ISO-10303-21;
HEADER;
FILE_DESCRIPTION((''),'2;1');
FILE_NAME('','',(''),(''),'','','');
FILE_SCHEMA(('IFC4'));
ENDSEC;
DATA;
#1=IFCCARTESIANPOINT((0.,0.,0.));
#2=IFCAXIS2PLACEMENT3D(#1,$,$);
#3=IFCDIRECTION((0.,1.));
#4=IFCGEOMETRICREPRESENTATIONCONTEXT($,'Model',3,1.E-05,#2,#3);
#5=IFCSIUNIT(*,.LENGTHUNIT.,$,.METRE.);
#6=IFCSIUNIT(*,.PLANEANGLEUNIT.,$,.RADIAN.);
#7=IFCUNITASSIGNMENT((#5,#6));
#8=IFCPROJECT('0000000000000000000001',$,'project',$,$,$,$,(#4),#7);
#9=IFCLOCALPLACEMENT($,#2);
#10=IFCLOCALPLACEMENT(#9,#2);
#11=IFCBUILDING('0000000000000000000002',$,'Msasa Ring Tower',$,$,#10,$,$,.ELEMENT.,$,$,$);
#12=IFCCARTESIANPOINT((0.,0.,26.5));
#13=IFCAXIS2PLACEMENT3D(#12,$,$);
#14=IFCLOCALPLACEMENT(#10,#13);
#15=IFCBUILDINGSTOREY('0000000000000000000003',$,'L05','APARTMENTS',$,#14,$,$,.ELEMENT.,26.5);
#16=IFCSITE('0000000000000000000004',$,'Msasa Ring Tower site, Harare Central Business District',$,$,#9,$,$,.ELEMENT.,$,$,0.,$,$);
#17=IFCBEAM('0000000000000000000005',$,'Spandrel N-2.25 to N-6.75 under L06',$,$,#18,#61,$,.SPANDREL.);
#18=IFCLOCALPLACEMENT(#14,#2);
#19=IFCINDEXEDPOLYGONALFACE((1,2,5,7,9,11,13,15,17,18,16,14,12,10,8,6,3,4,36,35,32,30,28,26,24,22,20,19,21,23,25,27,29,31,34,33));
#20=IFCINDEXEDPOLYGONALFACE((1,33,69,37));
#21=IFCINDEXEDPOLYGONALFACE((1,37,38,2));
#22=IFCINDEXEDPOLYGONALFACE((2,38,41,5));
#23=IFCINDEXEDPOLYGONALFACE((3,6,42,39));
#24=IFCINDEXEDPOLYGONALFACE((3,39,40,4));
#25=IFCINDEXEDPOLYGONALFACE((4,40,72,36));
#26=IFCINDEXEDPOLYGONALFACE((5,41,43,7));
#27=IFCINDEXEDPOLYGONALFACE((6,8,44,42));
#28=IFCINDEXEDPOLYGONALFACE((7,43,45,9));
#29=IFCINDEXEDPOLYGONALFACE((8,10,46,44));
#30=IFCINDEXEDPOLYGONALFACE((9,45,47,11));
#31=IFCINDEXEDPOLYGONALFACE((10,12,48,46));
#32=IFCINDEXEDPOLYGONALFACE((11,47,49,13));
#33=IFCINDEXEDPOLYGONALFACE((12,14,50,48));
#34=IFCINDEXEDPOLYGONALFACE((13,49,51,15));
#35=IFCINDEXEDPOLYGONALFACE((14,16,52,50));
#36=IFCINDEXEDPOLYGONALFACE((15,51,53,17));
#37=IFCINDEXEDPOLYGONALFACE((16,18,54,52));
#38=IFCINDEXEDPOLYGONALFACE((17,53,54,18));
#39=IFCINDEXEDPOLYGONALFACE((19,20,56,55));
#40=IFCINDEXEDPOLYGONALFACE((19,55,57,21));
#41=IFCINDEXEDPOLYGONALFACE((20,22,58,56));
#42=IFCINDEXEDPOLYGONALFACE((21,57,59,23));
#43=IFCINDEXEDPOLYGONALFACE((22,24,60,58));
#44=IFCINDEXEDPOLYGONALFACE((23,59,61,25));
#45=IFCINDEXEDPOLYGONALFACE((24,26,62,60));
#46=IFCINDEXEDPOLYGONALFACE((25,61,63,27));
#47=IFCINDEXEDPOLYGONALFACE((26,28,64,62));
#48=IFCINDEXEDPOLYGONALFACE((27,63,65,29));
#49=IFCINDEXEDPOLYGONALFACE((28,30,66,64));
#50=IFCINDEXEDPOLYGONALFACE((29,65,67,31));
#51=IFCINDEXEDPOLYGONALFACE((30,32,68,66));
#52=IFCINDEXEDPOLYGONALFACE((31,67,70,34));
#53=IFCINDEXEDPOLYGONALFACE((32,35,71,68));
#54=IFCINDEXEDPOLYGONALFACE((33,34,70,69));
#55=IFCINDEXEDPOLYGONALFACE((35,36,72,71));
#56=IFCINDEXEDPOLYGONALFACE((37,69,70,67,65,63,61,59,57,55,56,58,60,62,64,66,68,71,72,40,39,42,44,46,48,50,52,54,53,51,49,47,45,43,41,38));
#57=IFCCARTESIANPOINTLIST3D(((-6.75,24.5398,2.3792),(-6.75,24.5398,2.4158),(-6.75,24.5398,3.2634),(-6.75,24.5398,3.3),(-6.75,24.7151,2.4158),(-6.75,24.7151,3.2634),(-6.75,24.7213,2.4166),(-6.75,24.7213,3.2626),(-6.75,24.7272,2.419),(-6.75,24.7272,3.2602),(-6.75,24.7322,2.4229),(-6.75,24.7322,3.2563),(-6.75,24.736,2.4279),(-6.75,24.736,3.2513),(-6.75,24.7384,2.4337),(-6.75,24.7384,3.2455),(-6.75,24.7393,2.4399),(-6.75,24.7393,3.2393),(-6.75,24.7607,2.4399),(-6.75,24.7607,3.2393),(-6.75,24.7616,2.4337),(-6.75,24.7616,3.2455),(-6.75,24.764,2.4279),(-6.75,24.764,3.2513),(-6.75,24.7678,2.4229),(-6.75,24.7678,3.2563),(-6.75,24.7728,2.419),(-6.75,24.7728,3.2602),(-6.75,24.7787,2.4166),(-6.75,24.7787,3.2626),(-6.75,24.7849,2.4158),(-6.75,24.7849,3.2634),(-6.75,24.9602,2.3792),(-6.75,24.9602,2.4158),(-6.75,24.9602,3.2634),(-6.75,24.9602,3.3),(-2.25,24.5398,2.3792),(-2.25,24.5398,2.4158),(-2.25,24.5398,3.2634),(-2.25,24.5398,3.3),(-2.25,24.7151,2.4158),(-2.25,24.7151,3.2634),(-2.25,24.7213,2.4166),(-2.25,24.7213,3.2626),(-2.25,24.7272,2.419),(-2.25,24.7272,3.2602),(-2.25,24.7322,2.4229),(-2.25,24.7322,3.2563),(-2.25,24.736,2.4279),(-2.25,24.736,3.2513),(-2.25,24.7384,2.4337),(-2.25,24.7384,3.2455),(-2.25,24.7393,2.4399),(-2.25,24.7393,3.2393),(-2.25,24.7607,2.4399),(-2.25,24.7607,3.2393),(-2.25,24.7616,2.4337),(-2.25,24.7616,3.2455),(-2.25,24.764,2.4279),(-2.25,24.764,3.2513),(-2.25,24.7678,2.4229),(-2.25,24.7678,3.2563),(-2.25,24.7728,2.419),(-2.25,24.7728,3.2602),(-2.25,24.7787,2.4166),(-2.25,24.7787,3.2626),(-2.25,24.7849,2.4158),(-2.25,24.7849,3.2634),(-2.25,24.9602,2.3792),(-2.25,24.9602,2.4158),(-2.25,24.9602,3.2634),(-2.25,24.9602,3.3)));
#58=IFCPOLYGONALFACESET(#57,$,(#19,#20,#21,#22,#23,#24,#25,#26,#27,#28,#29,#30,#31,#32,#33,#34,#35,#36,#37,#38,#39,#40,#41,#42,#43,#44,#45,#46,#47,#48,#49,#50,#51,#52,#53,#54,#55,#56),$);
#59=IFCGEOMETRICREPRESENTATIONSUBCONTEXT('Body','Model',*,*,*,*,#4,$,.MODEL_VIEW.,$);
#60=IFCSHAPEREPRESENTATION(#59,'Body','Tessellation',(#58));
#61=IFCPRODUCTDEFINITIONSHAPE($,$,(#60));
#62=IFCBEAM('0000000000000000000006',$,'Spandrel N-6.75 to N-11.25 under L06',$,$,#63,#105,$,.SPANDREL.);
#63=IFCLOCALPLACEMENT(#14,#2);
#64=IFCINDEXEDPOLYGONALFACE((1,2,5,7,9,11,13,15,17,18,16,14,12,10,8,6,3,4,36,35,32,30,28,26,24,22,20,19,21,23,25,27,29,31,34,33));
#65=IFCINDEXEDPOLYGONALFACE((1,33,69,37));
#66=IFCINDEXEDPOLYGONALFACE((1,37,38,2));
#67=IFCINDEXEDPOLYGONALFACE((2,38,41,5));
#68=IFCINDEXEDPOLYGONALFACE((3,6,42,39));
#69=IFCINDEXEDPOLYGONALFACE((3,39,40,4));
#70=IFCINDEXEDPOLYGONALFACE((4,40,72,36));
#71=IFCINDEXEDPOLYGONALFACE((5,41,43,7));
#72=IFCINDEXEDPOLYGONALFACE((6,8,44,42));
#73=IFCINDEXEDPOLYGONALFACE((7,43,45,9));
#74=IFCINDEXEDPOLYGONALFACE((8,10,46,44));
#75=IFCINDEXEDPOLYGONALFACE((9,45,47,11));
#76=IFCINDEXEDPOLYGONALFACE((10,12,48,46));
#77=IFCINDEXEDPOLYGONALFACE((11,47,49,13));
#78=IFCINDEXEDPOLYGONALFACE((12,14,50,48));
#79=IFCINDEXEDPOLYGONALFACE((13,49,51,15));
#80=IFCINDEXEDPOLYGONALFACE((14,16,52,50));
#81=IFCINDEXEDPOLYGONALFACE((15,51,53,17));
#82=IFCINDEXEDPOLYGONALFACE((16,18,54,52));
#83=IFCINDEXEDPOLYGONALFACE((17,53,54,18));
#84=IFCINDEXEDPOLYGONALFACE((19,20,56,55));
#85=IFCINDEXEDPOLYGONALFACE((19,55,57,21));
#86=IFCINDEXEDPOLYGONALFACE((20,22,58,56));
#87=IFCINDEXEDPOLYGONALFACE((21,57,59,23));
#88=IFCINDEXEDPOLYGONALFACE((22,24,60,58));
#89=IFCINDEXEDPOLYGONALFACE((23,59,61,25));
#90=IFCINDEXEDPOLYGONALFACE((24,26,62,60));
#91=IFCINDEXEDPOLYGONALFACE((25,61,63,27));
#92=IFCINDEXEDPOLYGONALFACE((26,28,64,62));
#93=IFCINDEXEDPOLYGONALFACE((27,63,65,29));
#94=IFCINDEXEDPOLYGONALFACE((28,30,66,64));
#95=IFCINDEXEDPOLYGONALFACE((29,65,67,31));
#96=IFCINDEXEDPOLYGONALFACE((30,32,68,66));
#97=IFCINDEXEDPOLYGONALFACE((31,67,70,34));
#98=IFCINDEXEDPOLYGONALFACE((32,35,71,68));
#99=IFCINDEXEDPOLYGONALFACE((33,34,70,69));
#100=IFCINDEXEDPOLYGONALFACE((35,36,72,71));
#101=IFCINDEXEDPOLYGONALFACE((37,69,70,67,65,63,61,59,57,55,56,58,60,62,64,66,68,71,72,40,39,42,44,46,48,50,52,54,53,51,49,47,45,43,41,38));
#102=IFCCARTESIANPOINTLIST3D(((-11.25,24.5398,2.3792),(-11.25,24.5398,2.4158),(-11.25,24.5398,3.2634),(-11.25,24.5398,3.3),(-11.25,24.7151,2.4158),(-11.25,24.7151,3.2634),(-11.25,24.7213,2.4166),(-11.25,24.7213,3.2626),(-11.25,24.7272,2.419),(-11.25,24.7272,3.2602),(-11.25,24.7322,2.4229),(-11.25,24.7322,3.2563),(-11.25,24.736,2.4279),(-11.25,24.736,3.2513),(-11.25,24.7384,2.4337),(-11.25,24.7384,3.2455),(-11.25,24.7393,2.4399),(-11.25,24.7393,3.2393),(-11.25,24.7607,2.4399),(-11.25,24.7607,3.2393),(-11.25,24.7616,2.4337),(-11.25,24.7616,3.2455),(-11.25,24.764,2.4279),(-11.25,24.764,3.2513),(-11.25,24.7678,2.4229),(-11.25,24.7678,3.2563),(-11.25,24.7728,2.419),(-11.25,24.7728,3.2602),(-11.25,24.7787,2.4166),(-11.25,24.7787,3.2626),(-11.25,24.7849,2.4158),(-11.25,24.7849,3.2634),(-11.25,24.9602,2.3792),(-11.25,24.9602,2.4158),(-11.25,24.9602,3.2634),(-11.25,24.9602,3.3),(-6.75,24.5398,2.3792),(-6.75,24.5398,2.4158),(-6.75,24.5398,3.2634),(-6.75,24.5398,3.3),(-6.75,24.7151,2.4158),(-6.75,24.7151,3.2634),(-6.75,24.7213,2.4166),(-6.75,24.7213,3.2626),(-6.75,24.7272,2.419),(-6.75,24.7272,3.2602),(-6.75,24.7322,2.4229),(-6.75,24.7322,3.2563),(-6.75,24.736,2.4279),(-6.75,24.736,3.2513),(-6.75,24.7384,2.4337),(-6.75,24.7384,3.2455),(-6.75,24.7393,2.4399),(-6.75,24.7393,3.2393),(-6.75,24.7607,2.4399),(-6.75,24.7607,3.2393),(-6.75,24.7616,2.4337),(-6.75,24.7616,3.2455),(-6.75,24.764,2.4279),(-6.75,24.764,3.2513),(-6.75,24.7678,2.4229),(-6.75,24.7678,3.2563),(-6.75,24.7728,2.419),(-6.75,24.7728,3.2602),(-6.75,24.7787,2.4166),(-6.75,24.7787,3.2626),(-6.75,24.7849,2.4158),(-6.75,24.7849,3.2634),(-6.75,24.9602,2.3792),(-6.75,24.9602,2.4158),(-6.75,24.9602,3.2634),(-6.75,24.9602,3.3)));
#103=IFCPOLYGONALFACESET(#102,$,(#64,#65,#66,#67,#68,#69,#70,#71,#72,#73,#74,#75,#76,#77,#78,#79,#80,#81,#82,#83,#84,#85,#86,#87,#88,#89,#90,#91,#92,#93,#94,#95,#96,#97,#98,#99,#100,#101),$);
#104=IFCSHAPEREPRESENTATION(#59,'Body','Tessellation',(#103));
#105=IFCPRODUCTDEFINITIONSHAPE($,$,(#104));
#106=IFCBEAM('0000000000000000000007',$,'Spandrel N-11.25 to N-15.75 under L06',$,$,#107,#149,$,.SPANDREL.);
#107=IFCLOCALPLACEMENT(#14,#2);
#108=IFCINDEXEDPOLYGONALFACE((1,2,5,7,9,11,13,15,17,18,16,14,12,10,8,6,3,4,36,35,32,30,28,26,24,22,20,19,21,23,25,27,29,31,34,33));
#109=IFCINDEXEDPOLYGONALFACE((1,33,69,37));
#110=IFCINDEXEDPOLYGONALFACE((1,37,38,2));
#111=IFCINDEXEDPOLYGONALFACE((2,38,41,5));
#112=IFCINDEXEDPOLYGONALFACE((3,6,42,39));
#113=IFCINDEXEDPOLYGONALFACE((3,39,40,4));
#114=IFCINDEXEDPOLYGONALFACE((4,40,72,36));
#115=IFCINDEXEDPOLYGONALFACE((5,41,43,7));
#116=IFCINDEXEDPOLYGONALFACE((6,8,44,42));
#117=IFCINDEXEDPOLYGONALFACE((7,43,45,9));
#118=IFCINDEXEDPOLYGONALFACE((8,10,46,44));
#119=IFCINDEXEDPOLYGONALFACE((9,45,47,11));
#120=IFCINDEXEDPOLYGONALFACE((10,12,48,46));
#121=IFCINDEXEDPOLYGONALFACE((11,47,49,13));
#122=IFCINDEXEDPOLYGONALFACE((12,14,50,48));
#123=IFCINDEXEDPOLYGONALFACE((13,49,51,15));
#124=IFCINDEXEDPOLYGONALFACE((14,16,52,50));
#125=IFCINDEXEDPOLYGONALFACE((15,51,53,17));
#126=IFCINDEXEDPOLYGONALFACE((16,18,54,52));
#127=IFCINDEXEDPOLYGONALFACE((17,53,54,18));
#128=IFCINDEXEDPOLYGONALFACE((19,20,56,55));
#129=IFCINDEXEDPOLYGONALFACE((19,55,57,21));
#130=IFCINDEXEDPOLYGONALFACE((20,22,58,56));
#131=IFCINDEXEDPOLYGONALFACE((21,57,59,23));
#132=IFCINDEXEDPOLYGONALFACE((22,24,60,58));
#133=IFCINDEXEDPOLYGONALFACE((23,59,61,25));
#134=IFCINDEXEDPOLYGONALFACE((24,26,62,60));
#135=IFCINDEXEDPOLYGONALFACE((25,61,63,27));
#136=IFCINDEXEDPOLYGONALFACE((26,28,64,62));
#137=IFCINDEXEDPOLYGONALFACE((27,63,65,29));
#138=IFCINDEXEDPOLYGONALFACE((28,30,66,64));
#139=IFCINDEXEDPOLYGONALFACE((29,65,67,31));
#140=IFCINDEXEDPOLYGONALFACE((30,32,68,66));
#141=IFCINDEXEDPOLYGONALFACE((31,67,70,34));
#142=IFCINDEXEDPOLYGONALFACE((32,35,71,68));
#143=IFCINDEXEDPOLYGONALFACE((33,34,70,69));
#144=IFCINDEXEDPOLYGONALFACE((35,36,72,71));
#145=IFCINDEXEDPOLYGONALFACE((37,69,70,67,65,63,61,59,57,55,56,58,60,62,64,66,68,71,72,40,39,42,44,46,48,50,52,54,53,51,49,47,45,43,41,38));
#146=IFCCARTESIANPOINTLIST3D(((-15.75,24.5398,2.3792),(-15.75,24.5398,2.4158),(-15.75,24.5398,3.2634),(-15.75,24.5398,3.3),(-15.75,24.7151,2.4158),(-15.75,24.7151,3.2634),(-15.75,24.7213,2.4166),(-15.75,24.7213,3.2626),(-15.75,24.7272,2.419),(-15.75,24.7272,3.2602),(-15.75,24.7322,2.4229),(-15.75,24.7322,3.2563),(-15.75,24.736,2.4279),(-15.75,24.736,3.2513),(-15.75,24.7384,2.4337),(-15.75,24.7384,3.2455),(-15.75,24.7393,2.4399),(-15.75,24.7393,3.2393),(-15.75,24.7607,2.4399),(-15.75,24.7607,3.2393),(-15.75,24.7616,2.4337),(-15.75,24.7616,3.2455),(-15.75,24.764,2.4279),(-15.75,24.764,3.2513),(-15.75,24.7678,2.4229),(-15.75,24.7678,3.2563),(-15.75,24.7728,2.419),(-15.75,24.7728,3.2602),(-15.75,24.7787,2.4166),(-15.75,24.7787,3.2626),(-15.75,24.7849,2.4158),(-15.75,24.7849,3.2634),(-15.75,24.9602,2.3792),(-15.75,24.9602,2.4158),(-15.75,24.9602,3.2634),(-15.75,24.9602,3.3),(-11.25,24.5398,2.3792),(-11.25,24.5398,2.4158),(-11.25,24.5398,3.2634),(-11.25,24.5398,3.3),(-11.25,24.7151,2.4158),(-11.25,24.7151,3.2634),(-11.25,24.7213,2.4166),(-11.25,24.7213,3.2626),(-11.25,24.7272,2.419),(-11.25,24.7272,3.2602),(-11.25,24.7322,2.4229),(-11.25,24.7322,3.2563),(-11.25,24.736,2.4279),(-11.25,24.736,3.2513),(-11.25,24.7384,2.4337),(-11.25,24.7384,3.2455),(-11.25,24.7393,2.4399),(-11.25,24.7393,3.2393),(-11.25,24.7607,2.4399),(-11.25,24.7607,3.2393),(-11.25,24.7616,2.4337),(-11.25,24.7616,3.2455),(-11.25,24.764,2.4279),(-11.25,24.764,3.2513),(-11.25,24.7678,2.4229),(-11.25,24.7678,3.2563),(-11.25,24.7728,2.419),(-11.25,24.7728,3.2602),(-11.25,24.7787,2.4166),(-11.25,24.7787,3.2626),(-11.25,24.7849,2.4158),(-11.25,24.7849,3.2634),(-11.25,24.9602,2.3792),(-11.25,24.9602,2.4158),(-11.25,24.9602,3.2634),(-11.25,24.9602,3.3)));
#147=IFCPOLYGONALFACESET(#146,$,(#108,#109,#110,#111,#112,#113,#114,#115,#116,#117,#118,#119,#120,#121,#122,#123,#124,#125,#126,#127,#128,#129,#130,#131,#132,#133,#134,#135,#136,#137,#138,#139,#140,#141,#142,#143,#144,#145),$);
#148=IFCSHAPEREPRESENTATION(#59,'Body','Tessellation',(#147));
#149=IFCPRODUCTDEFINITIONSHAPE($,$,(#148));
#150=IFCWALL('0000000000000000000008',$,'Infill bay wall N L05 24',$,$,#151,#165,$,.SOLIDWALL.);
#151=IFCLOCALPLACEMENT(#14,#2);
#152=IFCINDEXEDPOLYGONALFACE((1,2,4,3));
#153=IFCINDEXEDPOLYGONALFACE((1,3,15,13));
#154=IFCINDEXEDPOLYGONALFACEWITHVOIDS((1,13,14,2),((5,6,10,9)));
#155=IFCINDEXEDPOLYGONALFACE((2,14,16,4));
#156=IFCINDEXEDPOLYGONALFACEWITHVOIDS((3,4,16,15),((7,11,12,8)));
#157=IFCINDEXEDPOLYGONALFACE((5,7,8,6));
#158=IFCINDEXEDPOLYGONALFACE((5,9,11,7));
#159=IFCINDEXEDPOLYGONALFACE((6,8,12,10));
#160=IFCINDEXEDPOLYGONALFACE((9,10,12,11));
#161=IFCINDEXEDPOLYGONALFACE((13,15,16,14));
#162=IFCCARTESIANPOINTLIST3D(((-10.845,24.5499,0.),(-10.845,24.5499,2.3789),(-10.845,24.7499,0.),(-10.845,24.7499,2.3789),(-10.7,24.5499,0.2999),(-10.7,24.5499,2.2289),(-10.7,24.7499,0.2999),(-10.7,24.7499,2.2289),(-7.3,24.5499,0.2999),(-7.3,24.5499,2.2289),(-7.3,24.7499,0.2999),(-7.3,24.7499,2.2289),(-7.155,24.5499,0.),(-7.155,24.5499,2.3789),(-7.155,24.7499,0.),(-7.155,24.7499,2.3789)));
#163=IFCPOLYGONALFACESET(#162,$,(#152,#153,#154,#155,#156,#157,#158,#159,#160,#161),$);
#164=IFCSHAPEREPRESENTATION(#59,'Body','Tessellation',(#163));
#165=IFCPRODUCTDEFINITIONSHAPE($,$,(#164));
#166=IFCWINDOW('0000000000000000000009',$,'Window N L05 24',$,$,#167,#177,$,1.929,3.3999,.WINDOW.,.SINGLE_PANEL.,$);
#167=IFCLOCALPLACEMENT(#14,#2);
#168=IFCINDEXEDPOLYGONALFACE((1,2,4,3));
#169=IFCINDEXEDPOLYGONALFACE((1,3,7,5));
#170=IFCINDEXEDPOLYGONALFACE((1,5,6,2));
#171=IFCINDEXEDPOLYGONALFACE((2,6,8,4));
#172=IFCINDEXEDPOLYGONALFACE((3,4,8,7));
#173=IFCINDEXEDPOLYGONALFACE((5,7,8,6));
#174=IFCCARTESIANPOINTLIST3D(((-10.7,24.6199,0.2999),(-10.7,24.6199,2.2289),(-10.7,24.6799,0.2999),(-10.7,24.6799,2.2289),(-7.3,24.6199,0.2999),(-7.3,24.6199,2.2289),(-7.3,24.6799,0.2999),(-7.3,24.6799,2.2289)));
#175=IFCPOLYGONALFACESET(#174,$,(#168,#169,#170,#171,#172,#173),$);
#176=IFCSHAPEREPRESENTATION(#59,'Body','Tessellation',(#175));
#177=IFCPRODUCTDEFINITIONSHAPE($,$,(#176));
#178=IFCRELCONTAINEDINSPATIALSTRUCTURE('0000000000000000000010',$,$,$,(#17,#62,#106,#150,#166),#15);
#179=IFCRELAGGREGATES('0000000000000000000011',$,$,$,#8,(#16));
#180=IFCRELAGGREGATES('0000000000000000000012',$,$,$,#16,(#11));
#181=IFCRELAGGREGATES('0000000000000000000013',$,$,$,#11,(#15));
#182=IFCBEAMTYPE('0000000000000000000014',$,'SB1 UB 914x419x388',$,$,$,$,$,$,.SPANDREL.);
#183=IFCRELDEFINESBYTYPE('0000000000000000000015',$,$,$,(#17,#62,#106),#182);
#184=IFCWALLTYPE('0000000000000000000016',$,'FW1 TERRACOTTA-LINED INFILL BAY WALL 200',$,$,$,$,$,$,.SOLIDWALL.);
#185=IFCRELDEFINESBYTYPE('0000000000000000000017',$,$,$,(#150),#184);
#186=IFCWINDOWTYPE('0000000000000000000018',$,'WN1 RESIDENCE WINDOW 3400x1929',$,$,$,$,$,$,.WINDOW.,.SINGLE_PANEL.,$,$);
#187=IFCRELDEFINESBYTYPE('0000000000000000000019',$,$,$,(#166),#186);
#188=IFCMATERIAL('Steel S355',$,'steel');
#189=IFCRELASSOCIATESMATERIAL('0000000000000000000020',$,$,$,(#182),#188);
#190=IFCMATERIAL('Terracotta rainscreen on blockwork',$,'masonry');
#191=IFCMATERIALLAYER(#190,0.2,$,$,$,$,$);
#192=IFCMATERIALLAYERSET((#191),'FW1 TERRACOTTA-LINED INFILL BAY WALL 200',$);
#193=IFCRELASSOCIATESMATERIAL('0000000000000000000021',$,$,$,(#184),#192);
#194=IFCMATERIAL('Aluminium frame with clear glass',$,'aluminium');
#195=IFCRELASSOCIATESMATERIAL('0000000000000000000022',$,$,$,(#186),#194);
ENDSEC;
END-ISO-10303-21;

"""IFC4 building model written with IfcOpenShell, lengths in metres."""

from ifc_helpers import new_model, si_unit, direction, frame, frame_2d, origin, origin_2d, place, context, subcontext, project, spatial, rectangle, i_section, extrude, material, layer, layer_set, material_profile, profile_set, type_object, element, fill, save


model = new_model("IFC4")

# Units and contexts
model_context = context("Model", 3, precision=1e-05, world=origin(), true_north=direction((0.0, 1.0)))
body_context = subcontext(model_context, "Body", "Model", "MODEL_VIEW")
ifc_project = project(units=[si_unit("LENGTHUNIT", "METRE"), si_unit("PLANEANGLEUNIT", "RADIAN")], contexts=[model_context])

# Site, building, storey
site_placement = place(None, origin())
site = spatial("IfcSite", under=ifc_project, at=site_placement, Name="Msasa Ring Tower site, Harare Central Business District", CompositionType="ELEMENT", RefElevation=0.0)
building_placement = place(site_placement, origin())
building = spatial("IfcBuilding", under=site, at=building_placement, Name="Msasa Ring Tower", CompositionType="ELEMENT")
storey_placement = place(building_placement, frame((0.0, 0.0, 26.5)))
storey = spatial("IfcBuildingStorey", under=building, at=storey_placement, Name="L05", Description="APARTMENTS", CompositionType="ELEMENT", Elevation=26.5)

# Beams
ifc_material_1 = material(Name="Steel S355", Category="steel")
ifc_material_profile_1 = material_profile(ifc_material_1, i_section(OverallWidth=0.4204, OverallDepth=0.9209, WebThickness=0.0215, FlangeThickness=0.0366, FilletRadius=0.0242, at=origin_2d()), Name="UB 914x419x388")
ifc_profile_set_1 = profile_set([ifc_material_profile_1], Name="Steel S355")
beam_type_1 = type_object("IfcBeamType", Name="SB1 UB 914x419x388", PredefinedType="SPANDREL", material=ifc_profile_set_1)
for number, where, z_axis, x_axis, name in (
    (1, (-2.25, 24.75, 2.8396), (-1.0, 0.0, 0.0), (0.0, -1.0, 0.0), "Spandrel N-2.25 to N-6.75 under L06"),
    (2, (-6.75, 24.75, 2.8396), (-1.0, 0.0, 0.0), (0.0, -1.0, 0.0), "Spandrel N-6.75 to N-11.25 under L06"),
    (3, (-11.25, 24.75, 2.8396), (-1.0, 0.0, 0.0), (0.0, -1.0, 0.0), "Spandrel N-11.25 to N-15.75 under L06"),
):
    element("IfcBeam", number, at=place(storey_placement, frame(where, z_axis=z_axis, x_axis=x_axis)), inside=storey, type_object=beam_type_1, Name=name, PredefinedType="SPANDREL", context=body_context, shape_type="SweptSolid", body=[
        extrude(i_section(OverallWidth=0.4204, OverallDepth=0.9209, WebThickness=0.0215, FlangeThickness=0.0366, FilletRadius=0.0242, at=origin_2d()), origin(), (0.0, 0.0, 1.0), 4.5),
    ])

# Wall, opening, window
ifc_material_2 = material(Name="Terracotta rainscreen on blockwork", Category="masonry")
ifc_layer_1 = layer(ifc_material_2, 0.2)
ifc_layer_set_1 = layer_set([ifc_layer_1], Name="FW1 TERRACOTTA-LINED INFILL BAY WALL 200")
wall_type_1 = type_object("IfcWallType", Name="FW1 TERRACOTTA-LINED INFILL BAY WALL 200", PredefinedType="SOLIDWALL", material=ifc_layer_set_1)
wall_1_placement = place(storey_placement, frame((-10.845, 24.6499, 0.0), z_axis=(0.0, 0.0, 1.0), x_axis=(1.0, 0.0, 0.0)))
wall_1 = element("IfcWall", 4, at=wall_1_placement, inside=storey, type_object=wall_type_1, Name="Infill bay wall N L05 24", PredefinedType="SOLIDWALL", context=body_context, shape_type="SweptSolid", body=[
    extrude(rectangle(XDim=3.6899, YDim=0.2, at=frame_2d((1.845, 0.0))), origin(), (0.0, 0.0, 1.0), 2.3789),
])
opening_1_placement = place(wall_1_placement, frame((0.145, 0.0, 0.3)))
opening_1 = element("IfcOpeningElement", 5, at=opening_1_placement, cuts=wall_1, PredefinedType="OPENING", context=body_context, shape_type="SweptSolid", body=[
    extrude(rectangle(XDim=3.3999, YDim=1.929, at=frame_2d((1.7, 0.9644))), frame((0.0, 0.1099, 0.0), z_axis=(0.0, -1.0, 0.0), x_axis=(1.0, 0.0, 0.0)), (0.0, 0.0, 1.0), 0.22),
])
ifc_material_3 = material(Name="Aluminium frame with clear glass", Category="aluminium")
window_type = type_object("IfcWindowType", Name="WN1 RESIDENCE WINDOW 3400x1929", PartitioningType="SINGLE_PANEL", PredefinedType="WINDOW", material=ifc_material_3)
window_1_placement = place(opening_1_placement, origin())
window_1 = element("IfcWindow", 6, at=window_1_placement, inside=storey, type_object=window_type, Name="Window N L05 24", OverallHeight=1.929, OverallWidth=3.3999, PartitioningType="SINGLE_PANEL", PredefinedType="WINDOW", context=body_context, shape_type="SweptSolid", body=[
    extrude(rectangle(XDim=3.3999, YDim=1.929, at=frame_2d((1.7, 0.9644))), frame((0.0, 0.03, 0.0), z_axis=(0.0, -1.0, 0.0), x_axis=(1.0, 0.0, 0.0)), (0.0, 0.0, 1.0), 0.0601),
])
fill(opening_1, window_1)

save(model, "model.ifc")
